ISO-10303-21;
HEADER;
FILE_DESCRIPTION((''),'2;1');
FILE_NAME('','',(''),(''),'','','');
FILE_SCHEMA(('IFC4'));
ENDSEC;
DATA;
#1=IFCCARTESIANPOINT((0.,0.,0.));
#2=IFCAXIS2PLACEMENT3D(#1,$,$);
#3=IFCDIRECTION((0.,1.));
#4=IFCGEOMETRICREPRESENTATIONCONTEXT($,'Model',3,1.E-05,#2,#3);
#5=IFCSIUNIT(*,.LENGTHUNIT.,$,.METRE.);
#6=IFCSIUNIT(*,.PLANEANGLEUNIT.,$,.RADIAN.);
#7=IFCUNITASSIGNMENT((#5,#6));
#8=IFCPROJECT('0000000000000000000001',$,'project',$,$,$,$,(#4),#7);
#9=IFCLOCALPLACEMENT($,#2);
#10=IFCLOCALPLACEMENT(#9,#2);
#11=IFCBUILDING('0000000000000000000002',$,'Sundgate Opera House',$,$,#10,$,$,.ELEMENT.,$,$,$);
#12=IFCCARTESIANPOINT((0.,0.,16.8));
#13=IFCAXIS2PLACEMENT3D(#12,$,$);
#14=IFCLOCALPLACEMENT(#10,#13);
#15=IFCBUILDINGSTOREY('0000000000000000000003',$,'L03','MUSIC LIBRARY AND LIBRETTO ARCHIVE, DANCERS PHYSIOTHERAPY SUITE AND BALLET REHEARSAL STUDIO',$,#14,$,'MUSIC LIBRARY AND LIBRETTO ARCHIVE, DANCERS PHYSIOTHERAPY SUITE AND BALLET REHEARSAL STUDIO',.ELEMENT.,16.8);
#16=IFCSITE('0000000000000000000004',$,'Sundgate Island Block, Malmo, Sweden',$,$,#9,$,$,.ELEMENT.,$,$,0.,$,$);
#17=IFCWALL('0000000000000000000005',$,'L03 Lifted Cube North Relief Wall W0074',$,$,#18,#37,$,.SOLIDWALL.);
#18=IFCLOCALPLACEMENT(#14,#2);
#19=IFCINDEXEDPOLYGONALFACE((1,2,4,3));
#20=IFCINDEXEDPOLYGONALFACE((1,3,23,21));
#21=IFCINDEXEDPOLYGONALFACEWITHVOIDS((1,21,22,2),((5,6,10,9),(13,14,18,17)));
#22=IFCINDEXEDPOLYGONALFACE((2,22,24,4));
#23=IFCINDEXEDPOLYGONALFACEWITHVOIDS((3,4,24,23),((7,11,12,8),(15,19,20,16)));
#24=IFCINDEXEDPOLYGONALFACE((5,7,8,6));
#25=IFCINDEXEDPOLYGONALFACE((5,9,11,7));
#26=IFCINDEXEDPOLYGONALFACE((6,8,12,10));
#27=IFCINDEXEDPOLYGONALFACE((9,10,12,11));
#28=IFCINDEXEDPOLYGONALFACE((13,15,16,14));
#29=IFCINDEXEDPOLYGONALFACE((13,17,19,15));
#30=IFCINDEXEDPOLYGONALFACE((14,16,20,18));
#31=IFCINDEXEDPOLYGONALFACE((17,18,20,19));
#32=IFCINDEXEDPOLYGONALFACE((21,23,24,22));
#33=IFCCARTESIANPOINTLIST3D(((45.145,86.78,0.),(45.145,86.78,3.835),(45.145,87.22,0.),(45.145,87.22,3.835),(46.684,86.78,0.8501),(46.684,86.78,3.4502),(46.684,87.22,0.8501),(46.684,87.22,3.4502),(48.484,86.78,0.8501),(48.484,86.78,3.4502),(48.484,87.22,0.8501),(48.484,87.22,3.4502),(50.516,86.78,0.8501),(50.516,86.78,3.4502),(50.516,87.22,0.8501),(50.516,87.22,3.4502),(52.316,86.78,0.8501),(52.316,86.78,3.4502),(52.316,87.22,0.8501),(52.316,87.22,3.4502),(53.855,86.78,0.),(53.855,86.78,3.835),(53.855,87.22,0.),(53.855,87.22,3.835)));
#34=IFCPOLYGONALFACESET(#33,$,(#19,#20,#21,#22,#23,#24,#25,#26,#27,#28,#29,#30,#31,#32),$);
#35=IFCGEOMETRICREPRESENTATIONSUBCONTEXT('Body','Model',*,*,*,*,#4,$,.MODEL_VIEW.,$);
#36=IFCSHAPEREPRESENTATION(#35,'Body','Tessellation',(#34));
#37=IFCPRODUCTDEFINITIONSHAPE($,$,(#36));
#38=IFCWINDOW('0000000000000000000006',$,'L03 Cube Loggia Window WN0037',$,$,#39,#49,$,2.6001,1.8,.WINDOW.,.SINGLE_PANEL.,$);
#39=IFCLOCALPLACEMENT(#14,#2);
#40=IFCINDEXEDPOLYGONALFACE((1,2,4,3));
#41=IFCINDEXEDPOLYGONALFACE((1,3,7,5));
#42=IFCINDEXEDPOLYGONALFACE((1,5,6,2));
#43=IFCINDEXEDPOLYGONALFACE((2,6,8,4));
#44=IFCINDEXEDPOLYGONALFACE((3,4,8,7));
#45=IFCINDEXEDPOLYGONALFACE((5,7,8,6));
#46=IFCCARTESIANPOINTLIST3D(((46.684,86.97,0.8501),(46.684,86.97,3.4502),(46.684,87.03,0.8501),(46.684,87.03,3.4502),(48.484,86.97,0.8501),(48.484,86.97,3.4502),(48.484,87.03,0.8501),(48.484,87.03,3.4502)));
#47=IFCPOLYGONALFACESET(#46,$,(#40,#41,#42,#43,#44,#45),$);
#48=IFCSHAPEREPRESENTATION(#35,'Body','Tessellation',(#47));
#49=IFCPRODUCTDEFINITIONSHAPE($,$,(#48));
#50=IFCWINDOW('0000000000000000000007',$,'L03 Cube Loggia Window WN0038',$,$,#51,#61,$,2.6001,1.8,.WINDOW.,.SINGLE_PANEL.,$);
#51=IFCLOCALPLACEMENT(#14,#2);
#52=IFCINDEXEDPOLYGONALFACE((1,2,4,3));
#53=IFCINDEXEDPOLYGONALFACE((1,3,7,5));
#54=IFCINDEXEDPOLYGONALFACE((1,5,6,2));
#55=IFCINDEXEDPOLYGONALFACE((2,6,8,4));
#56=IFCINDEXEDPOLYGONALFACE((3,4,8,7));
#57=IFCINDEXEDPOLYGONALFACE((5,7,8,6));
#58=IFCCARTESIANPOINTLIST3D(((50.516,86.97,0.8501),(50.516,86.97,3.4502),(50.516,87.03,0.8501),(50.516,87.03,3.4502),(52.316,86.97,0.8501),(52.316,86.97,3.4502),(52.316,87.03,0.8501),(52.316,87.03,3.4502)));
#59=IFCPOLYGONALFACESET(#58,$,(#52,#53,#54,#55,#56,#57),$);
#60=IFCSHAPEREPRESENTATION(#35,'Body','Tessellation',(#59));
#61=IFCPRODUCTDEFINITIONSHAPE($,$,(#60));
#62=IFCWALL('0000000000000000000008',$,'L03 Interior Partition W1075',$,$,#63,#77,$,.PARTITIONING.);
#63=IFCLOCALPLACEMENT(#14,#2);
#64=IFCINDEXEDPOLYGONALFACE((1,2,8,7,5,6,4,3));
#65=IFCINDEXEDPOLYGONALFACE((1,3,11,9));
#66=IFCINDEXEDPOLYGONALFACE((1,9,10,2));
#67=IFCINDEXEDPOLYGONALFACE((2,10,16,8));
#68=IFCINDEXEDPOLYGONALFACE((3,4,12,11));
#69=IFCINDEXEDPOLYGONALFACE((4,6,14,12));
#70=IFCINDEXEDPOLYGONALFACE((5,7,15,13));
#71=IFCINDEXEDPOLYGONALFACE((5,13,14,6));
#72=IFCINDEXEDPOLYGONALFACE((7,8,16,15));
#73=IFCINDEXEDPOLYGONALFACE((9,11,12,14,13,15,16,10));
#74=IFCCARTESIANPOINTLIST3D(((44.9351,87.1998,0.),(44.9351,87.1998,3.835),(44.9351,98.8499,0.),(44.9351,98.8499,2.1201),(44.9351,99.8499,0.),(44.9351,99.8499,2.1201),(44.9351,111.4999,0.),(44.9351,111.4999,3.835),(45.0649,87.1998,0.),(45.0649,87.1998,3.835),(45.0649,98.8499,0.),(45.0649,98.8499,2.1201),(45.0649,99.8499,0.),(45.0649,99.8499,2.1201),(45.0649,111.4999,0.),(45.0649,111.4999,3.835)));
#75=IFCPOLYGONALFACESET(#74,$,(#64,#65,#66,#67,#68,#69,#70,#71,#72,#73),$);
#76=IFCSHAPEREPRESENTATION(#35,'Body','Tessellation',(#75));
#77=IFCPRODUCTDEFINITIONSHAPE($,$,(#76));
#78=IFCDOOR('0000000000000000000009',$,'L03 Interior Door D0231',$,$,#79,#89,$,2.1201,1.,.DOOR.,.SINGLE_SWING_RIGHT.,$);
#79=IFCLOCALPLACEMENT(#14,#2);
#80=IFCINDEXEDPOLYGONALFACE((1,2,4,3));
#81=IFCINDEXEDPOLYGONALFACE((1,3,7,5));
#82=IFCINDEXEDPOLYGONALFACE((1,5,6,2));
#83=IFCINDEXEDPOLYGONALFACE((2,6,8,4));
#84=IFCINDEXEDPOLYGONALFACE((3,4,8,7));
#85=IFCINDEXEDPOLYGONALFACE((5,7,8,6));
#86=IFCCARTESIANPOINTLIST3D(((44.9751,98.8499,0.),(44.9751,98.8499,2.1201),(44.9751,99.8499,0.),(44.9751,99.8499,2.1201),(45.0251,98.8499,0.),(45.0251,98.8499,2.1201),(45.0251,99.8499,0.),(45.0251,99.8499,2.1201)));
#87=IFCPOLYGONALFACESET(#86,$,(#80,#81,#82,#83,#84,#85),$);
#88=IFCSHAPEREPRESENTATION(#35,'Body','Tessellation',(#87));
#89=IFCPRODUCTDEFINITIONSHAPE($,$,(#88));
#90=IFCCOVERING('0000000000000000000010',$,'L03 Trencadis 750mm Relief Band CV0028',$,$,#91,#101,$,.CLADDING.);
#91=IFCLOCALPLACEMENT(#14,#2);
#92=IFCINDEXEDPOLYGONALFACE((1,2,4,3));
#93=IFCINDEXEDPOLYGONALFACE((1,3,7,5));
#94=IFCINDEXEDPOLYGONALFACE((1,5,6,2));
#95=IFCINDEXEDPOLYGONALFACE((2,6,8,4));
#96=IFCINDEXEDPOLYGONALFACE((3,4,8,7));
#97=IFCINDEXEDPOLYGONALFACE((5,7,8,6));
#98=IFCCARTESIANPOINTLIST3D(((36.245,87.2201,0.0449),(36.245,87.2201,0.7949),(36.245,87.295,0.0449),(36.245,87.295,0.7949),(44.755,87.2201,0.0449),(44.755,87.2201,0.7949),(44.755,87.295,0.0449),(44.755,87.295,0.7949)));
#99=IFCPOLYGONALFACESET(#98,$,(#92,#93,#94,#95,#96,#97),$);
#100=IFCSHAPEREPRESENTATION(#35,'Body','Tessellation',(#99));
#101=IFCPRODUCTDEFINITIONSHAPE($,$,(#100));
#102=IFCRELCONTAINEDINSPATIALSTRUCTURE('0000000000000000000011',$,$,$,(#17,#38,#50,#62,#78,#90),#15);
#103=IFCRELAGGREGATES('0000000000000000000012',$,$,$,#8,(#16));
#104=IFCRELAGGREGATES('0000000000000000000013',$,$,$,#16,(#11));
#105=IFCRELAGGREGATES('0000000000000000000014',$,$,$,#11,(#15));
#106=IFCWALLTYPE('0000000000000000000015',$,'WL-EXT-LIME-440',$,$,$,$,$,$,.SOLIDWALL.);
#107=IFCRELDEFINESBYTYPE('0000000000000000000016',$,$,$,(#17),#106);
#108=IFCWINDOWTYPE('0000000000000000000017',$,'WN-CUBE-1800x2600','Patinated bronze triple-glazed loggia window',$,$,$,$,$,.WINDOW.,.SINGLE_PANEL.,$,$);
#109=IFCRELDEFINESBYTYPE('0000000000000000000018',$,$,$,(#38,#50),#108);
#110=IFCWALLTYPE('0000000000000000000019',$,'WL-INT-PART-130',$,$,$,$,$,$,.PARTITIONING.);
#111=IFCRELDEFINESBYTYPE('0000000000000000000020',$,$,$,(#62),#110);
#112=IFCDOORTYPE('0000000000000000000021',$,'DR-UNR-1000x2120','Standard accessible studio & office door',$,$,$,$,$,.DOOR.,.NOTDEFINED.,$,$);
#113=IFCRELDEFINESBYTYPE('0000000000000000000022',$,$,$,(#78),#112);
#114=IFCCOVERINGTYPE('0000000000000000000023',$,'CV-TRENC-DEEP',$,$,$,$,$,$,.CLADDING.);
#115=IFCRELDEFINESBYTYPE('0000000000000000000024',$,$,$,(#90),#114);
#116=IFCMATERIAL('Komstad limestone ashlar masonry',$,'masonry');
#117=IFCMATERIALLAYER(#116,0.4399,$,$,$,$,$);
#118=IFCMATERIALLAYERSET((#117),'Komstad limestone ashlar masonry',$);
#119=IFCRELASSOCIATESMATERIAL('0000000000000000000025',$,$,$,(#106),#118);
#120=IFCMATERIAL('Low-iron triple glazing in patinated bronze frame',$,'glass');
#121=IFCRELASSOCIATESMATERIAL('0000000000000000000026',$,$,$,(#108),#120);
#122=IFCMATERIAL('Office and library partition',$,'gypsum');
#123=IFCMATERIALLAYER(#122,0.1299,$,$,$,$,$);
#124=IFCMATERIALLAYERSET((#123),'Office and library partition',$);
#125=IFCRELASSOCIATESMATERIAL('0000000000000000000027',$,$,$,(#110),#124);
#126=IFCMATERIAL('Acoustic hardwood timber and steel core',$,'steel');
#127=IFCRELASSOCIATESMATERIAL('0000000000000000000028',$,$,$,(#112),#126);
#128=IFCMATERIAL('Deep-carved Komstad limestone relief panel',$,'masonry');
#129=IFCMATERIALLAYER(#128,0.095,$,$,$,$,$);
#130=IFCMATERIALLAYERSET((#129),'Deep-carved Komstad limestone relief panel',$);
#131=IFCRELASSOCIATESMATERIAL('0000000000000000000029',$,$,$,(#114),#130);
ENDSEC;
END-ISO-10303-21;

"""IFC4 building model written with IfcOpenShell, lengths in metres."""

from ifc_helpers import new_model, si_unit, direction, frame, frame_2d, origin, origin_2d, place, context, subcontext, project, spatial, rectangle, extrude, material, layer, layer_set, type_object, element, fill, save


model = new_model("IFC4")

# Units and contexts
model_context = context("Model", 3, precision=1e-05, world=origin(), true_north=direction((0.0, 1.0)))
body_context = subcontext(model_context, "Body", "Model", "MODEL_VIEW")
ifc_project = project(units=[si_unit("LENGTHUNIT", "METRE"), si_unit("PLANEANGLEUNIT", "RADIAN")], contexts=[model_context])

# Site, building, storey
site_placement = place(None, origin())
site = spatial("IfcSite", under=ifc_project, at=site_placement, Name="Sundgate Island Block, Malmo, Sweden", CompositionType="ELEMENT", RefElevation=0.0)
building_placement = place(site_placement, origin())
building = spatial("IfcBuilding", under=site, at=building_placement, Name="Sundgate Opera House", CompositionType="ELEMENT")
storey_placement = place(building_placement, frame((0.0, 0.0, 16.8)))
storey = spatial("IfcBuildingStorey", under=building, at=storey_placement, Name="L03", Description="MUSIC LIBRARY AND LIBRETTO ARCHIVE, DANCERS PHYSIOTHERAPY SUITE AND BALLET REHEARSAL STUDIO", LongName="MUSIC LIBRARY AND LIBRETTO ARCHIVE, DANCERS PHYSIOTHERAPY SUITE AND BALLET REHEARSAL STUDIO", CompositionType="ELEMENT", Elevation=16.8)

# Wall, openings, windows
ifc_material_1 = material(Name="Komstad limestone ashlar masonry", Category="masonry")
ifc_layer_1 = layer(ifc_material_1, 0.4399)
ifc_layer_set_1 = layer_set([ifc_layer_1], Name="Komstad limestone ashlar masonry")
wall_type_1 = type_object("IfcWallType", Name="WL-EXT-LIME-440", PredefinedType="SOLIDWALL", material=ifc_layer_set_1)
ifc_material_2 = material(Name="Low-iron triple glazing in patinated bronze frame", Category="glass")
window_type = type_object("IfcWindowType", Name="WN-CUBE-1800x2600", Description="Patinated bronze triple-glazed loggia window", PartitioningType="SINGLE_PANEL", PredefinedType="WINDOW", material=ifc_material_2)
wall_1_placement = place(storey_placement, frame((45.145, 87.0, 0.0), z_axis=(0.0, 0.0, 1.0), x_axis=(1.0, 0.0, 0.0)))
wall_1 = element("IfcWall", 1, at=wall_1_placement, inside=storey, type_object=wall_type_1, Name="L03 Lifted Cube North Relief Wall W0074", PredefinedType="SOLIDWALL", context=body_context, shape_type="SweptSolid", body=[
    extrude(rectangle(XDim=8.71, YDim=0.4399, at=frame_2d((4.355, 0.0))), origin(), (0.0, 0.0, 1.0), 3.835),
])
opening_1_placement = place(wall_1_placement, frame((1.5391, 0.0, 0.8501)))
opening_1 = element("IfcOpeningElement", 2, at=opening_1_placement, cuts=wall_1, PredefinedType="OPENING", context=body_context, shape_type="SweptSolid", body=[
    extrude(rectangle(XDim=1.8, YDim=2.6001, at=frame_2d((0.8999, 1.3))), frame((0.0, 0.23, 0.0), z_axis=(0.0, -1.0, 0.0), x_axis=(1.0, 0.0, 0.0)), (0.0, 0.0, 1.0), 0.46),
])
opening_2_placement = place(wall_1_placement, frame((5.3711, 0.0, 0.8501)))
opening_2 = element("IfcOpeningElement", 3, at=opening_2_placement, cuts=wall_1, PredefinedType="OPENING", context=body_context, shape_type="SweptSolid", body=[
    extrude(rectangle(XDim=1.8, YDim=2.6001, at=frame_2d((0.8999, 1.3))), frame((0.0, 0.23, 0.0), z_axis=(0.0, -1.0, 0.0), x_axis=(1.0, 0.0, 0.0)), (0.0, 0.0, 1.0), 0.46),
])
window_1_placement = place(opening_1_placement, origin())
window_1 = element("IfcWindow", 4, at=window_1_placement, inside=storey, type_object=window_type, Name="L03 Cube Loggia Window WN0037", OverallHeight=2.6001, OverallWidth=1.8, PartitioningType="SINGLE_PANEL", PredefinedType="WINDOW", context=body_context, shape_type="SweptSolid", body=[
    extrude(rectangle(XDim=1.8, YDim=2.6001, at=frame_2d((0.8999, 1.3))), frame((0.0, 0.03, 0.0), z_axis=(0.0, -1.0, 0.0), x_axis=(1.0, 0.0, 0.0)), (0.0, 0.0, 1.0), 0.0601),
])
fill(opening_1, window_1)
window_2_placement = place(opening_2_placement, origin())
window_2 = element("IfcWindow", 5, at=window_2_placement, inside=storey, type_object=window_type, Name="L03 Cube Loggia Window WN0038", OverallHeight=2.6001, OverallWidth=1.8, PartitioningType="SINGLE_PANEL", PredefinedType="WINDOW", context=body_context, shape_type="SweptSolid", body=[
    extrude(rectangle(XDim=1.8, YDim=2.6001, at=frame_2d((0.8999, 1.3))), frame((0.0, 0.03, 0.0), z_axis=(0.0, -1.0, 0.0), x_axis=(1.0, 0.0, 0.0)), (0.0, 0.0, 1.0), 0.0601),
])
fill(opening_2, window_2)

# Wall, opening, door
ifc_material_3 = material(Name="Office and library partition", Category="gypsum")
ifc_layer_2 = layer(ifc_material_3, 0.1299)
ifc_layer_set_2 = layer_set([ifc_layer_2], Name="Office and library partition")
wall_type_2 = type_object("IfcWallType", Name="WL-INT-PART-130", PredefinedType="PARTITIONING", material=ifc_layer_set_2)
wall_2_placement = place(storey_placement, frame((45.0, 87.2, 0.0), z_axis=(0.0, 0.0, 1.0), x_axis=(0.0, 1.0, 0.0)))
wall_2 = element("IfcWall", 6, at=wall_2_placement, inside=storey, type_object=wall_type_2, Name="L03 Interior Partition W1075", PredefinedType="PARTITIONING", context=body_context, shape_type="SweptSolid", body=[
    extrude(rectangle(XDim=24.3, YDim=0.1299, at=frame_2d((12.1499, 0.0))), origin(), (0.0, 0.0, 1.0), 3.835),
])
opening_3_placement = place(wall_2_placement, frame((11.6499, 0.0, 0.0)))
opening_3 = element("IfcOpeningElement", 7, at=opening_3_placement, cuts=wall_2, PredefinedType="OPENING", context=body_context, shape_type="SweptSolid", body=[
    extrude(rectangle(XDim=1.0, YDim=2.1201, at=frame_2d((0.5, 1.0601))), frame((0.0, 0.075, 0.0), z_axis=(0.0, -1.0, 0.0), x_axis=(1.0, 0.0, 0.0)), (0.0, 0.0, 1.0), 0.1499),
])
ifc_material_4 = material(Name="Acoustic hardwood timber and steel core", Category="steel")
door_type = type_object("IfcDoorType", Name="DR-UNR-1000x2120", Description="Standard accessible studio & office door", OperationType="NOTDEFINED", PredefinedType="DOOR", material=ifc_material_4)
door_placement = place(opening_3_placement, origin())
door = element("IfcDoor", 8, at=door_placement, inside=storey, type_object=door_type, Name="L03 Interior Door D0231", OperationType="SINGLE_SWING_RIGHT", OverallHeight=2.1201, OverallWidth=1.0, PredefinedType="DOOR", context=body_context, shape_type="SweptSolid", body=[
    extrude(rectangle(XDim=1.0, YDim=2.1201, at=frame_2d((0.5, 1.0601))), frame((0.0, 0.0249, 0.0), z_axis=(0.0, -1.0, 0.0), x_axis=(1.0, 0.0, 0.0)), (0.0, 0.0, 1.0), 0.05),
])
fill(opening_3, door)

# Covering
ifc_material_5 = material(Name="Deep-carved Komstad limestone relief panel", Category="masonry")
ifc_layer_3 = layer(ifc_material_5, 0.095)
ifc_layer_set_3 = layer_set([ifc_layer_3], Name="Deep-carved Komstad limestone relief panel")
covering_type = type_object("IfcCoveringType", Name="CV-TRENC-DEEP", PredefinedType="CLADDING", material=ifc_layer_set_3)
covering_placement = place(storey_placement, frame((40.5, 87.2576, 0.0449), z_axis=(0.0, 0.0, 1.0), x_axis=(1.0, 0.0, 0.0)))
element("IfcCovering", 9, at=covering_placement, inside=storey, type_object=covering_type, Name="L03 Trencadis 750mm Relief Band CV0028", PredefinedType="CLADDING", context=body_context, shape_type="SweptSolid", body=[
    extrude(rectangle(XDim=8.51, YDim=0.075, at=origin_2d()), origin(), (0.0, 0.0, 1.0), 0.75),
])

save(model, "model.ifc")
